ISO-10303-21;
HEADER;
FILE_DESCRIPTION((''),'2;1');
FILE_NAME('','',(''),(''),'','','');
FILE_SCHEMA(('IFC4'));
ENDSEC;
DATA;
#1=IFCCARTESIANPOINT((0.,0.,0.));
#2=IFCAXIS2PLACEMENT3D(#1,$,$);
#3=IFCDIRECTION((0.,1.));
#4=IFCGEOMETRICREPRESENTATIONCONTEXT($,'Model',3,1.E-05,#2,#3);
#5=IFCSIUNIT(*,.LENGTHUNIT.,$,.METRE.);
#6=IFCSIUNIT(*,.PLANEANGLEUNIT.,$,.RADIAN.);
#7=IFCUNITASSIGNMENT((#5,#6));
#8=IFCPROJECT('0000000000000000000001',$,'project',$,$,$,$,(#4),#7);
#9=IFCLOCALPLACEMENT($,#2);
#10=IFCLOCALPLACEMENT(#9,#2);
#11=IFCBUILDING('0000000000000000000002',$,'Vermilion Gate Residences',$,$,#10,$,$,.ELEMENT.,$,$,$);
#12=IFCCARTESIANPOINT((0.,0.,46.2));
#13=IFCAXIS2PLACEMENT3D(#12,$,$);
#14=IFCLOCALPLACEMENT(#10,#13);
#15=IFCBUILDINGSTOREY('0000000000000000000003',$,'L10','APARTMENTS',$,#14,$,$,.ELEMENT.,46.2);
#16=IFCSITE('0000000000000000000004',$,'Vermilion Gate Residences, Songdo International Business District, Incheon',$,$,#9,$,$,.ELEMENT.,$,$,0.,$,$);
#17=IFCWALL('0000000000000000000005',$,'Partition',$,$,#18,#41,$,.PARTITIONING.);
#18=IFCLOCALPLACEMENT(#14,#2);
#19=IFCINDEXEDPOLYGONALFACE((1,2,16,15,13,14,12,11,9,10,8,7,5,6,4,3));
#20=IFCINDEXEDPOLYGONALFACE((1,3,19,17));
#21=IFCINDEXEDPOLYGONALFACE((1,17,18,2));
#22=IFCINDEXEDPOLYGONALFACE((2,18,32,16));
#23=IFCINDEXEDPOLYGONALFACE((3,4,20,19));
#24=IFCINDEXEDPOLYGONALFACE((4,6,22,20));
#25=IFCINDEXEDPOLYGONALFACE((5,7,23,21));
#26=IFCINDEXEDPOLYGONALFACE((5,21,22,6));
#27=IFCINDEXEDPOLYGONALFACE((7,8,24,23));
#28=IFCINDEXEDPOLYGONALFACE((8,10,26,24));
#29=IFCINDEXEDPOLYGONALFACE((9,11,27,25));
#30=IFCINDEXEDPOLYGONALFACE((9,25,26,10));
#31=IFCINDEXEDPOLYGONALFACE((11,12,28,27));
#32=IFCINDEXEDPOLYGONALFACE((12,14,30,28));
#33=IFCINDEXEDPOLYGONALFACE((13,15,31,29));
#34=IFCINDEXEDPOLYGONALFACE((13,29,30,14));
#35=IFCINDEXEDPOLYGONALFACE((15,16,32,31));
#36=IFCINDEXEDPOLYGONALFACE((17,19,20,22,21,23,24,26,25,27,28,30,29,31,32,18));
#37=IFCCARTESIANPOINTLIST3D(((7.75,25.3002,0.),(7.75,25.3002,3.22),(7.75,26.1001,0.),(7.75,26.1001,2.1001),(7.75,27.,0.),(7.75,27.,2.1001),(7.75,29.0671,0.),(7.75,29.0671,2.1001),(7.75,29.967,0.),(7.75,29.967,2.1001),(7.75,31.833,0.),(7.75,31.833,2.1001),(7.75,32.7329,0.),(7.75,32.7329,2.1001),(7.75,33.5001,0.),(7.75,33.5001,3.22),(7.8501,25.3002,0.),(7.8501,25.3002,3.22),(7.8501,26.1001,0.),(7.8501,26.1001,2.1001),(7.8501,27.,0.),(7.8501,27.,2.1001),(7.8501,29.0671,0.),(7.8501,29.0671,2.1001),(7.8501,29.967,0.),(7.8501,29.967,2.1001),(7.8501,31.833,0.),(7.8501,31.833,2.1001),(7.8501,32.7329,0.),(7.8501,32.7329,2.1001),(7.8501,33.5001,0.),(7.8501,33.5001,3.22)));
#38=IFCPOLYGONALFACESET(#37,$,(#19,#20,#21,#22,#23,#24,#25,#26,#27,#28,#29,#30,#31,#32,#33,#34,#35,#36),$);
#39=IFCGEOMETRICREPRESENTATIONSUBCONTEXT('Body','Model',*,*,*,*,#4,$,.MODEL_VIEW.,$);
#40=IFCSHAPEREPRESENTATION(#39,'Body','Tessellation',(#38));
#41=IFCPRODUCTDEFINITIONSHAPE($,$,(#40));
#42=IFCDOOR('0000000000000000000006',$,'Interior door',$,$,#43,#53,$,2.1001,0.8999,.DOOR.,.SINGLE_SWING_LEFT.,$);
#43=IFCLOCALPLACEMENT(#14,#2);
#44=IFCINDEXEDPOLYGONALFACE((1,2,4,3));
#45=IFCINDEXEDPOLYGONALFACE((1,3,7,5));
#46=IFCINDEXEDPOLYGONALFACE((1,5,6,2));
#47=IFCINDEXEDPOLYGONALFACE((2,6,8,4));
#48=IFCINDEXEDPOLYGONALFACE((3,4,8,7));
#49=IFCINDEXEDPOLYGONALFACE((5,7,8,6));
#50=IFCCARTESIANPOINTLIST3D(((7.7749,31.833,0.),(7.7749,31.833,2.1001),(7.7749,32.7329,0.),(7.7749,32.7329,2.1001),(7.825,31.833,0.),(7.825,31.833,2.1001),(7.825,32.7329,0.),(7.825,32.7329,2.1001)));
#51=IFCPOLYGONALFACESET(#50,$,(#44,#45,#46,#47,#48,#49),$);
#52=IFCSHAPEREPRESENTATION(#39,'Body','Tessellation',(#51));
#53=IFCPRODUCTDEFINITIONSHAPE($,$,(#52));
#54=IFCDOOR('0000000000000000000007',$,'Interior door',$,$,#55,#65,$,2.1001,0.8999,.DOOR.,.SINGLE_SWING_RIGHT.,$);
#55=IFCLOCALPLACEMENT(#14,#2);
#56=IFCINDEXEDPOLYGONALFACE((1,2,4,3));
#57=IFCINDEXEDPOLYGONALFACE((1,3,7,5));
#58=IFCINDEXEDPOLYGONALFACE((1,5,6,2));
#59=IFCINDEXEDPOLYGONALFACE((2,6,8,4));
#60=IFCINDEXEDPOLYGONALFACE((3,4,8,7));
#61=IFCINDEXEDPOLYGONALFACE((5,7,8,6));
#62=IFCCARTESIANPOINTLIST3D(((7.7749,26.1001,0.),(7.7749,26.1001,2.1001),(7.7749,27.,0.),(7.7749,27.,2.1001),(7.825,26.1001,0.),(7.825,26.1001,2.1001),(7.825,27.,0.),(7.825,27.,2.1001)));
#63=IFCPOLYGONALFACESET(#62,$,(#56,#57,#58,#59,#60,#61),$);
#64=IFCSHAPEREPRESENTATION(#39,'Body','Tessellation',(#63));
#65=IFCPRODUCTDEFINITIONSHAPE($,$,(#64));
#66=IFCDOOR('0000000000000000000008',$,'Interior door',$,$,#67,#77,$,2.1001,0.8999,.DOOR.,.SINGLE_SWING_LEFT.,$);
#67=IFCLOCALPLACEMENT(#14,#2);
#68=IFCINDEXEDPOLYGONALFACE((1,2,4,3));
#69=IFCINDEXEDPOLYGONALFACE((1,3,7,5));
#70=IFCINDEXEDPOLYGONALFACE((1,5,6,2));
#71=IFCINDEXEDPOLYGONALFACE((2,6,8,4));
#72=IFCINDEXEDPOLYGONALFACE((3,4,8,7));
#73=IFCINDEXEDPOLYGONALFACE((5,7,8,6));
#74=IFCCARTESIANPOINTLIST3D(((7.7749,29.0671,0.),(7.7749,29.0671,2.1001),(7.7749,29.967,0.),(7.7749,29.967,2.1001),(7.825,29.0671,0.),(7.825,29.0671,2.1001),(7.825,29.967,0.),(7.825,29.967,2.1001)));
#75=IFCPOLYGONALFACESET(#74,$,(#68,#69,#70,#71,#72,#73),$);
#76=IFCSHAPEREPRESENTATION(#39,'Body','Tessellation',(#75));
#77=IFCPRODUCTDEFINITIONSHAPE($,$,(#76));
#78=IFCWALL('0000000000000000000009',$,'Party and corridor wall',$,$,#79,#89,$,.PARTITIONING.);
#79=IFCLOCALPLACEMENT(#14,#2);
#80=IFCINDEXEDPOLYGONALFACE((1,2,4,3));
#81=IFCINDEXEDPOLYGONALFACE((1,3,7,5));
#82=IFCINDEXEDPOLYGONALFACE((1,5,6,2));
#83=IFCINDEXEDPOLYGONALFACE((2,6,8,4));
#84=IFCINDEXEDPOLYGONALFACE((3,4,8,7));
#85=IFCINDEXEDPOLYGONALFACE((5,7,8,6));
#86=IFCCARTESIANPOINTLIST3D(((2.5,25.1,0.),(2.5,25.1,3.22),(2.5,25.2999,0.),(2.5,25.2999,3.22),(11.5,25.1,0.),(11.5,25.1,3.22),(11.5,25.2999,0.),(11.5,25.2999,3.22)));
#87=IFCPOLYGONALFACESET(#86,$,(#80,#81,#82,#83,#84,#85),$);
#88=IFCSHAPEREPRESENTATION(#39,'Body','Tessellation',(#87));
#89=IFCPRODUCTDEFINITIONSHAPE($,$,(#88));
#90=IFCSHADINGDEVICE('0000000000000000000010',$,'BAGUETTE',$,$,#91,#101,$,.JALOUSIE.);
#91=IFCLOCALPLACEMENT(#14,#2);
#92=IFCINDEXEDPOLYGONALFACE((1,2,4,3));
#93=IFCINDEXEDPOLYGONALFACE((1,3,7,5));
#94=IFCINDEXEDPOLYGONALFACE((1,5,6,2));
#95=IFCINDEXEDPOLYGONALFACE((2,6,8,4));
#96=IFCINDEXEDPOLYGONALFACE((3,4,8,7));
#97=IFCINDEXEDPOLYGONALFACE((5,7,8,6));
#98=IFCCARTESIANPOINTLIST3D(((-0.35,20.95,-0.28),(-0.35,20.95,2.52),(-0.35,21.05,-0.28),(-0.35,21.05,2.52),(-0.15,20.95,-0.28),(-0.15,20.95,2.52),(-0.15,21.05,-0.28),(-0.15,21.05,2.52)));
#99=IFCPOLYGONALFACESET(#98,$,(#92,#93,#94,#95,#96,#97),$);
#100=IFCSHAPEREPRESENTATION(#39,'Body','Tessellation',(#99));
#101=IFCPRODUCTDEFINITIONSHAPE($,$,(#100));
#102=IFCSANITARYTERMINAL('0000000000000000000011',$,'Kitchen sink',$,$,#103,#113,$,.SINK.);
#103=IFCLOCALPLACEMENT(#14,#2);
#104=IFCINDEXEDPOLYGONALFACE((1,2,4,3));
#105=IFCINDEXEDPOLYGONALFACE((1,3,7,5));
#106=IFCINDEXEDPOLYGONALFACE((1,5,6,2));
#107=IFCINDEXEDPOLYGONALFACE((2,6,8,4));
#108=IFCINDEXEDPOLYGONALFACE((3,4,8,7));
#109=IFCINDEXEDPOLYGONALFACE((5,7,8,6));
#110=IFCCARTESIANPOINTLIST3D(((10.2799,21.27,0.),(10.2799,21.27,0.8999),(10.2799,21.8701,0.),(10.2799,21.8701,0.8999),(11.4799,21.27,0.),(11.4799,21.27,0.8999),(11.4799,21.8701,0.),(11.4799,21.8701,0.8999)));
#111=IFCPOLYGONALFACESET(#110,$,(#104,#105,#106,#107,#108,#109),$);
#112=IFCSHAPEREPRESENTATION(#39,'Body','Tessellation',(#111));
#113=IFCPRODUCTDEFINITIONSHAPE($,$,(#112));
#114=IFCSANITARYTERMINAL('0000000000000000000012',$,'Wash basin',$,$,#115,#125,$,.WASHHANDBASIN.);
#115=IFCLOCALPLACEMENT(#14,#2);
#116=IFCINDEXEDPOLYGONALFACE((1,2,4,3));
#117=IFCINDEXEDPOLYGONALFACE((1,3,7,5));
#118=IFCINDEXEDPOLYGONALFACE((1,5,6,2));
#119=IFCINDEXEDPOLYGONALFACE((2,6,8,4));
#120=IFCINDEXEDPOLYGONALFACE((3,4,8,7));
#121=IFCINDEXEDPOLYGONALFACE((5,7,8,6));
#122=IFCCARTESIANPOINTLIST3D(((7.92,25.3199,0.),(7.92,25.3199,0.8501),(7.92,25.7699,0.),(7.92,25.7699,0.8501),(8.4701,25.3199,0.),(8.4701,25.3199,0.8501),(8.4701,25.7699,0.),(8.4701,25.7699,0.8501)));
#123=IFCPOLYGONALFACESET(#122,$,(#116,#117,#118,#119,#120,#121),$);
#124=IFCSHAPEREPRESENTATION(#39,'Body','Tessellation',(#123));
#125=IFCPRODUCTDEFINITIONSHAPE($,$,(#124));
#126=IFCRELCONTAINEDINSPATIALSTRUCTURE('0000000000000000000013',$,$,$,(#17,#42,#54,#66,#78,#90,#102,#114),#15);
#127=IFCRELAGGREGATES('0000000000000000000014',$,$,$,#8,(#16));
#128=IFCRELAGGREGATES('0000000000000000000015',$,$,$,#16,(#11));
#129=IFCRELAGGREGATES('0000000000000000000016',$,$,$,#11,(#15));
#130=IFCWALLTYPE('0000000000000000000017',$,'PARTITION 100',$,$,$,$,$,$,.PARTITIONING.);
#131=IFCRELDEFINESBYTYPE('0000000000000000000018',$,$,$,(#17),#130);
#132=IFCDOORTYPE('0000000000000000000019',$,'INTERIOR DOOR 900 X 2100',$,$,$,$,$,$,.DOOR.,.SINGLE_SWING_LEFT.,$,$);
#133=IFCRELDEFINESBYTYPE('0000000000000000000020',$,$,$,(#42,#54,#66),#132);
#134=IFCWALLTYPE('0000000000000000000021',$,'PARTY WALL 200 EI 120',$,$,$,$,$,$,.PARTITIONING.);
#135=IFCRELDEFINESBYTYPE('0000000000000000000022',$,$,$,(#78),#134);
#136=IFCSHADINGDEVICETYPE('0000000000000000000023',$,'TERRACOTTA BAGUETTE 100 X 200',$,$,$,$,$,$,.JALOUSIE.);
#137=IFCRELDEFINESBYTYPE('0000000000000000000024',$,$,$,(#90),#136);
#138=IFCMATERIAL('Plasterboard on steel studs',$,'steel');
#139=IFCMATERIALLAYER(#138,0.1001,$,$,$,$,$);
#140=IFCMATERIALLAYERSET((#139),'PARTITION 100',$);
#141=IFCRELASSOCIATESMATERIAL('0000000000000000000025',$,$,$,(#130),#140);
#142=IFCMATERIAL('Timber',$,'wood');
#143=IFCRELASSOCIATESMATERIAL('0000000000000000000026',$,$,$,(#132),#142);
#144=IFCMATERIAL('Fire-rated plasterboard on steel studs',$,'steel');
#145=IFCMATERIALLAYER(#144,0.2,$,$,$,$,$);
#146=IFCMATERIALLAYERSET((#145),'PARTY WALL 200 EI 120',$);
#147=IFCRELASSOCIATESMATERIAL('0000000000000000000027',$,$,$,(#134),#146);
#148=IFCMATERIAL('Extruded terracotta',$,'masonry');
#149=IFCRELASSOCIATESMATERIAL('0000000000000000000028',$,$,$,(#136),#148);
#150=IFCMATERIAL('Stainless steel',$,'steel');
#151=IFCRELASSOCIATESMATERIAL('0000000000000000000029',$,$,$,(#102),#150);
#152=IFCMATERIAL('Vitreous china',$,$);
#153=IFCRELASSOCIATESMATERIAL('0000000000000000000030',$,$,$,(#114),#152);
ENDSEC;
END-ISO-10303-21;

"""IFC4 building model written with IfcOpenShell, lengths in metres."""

from ifc_helpers import new_model, si_unit, direction, frame, frame_2d, origin, origin_2d, place, context, subcontext, project, spatial, rectangle, extrude, material, layer, layer_set, material_profile, profile_set, type_object, element, fill, save


model = new_model("IFC4")

# Units and contexts
model_context = context("Model", 3, precision=1e-05, world=origin(), true_north=direction((0.0, 1.0)))
body_context = subcontext(model_context, "Body", "Model", "MODEL_VIEW")
ifc_project = project(units=[si_unit("LENGTHUNIT", "METRE"), si_unit("PLANEANGLEUNIT", "RADIAN")], contexts=[model_context])

# Site, building, storey
site_placement = place(None, origin())
site = spatial("IfcSite", under=ifc_project, at=site_placement, Name="Vermilion Gate Residences, Songdo International Business District, Incheon", CompositionType="ELEMENT", RefElevation=0.0)
building_placement = place(site_placement, origin())
building = spatial("IfcBuilding", under=site, at=building_placement, Name="Vermilion Gate Residences", CompositionType="ELEMENT")
storey_placement = place(building_placement, frame((0.0, 0.0, 46.2)))
storey = spatial("IfcBuildingStorey", under=building, at=storey_placement, Name="L10", Description="APARTMENTS", CompositionType="ELEMENT", Elevation=46.2)

# Shared definitions
ifc_material_1 = material(Name="Plasterboard on steel studs", Category="steel")
ifc_layer_1 = layer(ifc_material_1, 0.1001)
ifc_layer_set_1 = layer_set([ifc_layer_1], Name="PARTITION 100")
wall_type_1 = type_object("IfcWallType", Name="PARTITION 100", PredefinedType="PARTITIONING", material=ifc_layer_set_1)

# Wall, openings, doors
ifc_material_2 = material(Name="Timber", Category="wood")
door_type = type_object("IfcDoorType", Name="INTERIOR DOOR 900 X 2100", OperationType="SINGLE_SWING_LEFT", PredefinedType="DOOR", material=ifc_material_2)
wall_1_placement = place(storey_placement, frame((7.8, 25.3, 0.0), z_axis=(0.0, 0.0, 1.0), x_axis=(0.0, 1.0, 0.0)))
wall_1 = element("IfcWall", 1, at=wall_1_placement, inside=storey, type_object=wall_type_1, Name="Partition", PredefinedType="PARTITIONING", context=body_context, shape_type="SweptSolid", body=[
    extrude(rectangle(XDim=8.2, YDim=0.1001, at=frame_2d((4.1001, 0.0))), origin(), (0.0, 0.0, 1.0), 3.22),
])
opening_1_placement = place(wall_1_placement, frame((6.533, 0.0, 0.0)))
opening_1 = element("IfcOpeningElement", 2, at=opening_1_placement, cuts=wall_1, PredefinedType="OPENING", context=body_context, shape_type="SweptSolid", body=[
    extrude(rectangle(XDim=0.8999, YDim=2.1001, at=frame_2d((0.45, 1.05))), frame((0.0, 0.0601, 0.0), z_axis=(0.0, -1.0, 0.0), x_axis=(1.0, 0.0, 0.0)), (0.0, 0.0, 1.0), 0.1201),
])
opening_2_placement = place(wall_1_placement, frame((0.8, 0.0, 0.0)))
opening_2 = element("IfcOpeningElement", 3, at=opening_2_placement, cuts=wall_1, PredefinedType="OPENING", context=body_context, shape_type="SweptSolid", body=[
    extrude(rectangle(XDim=0.8999, YDim=2.1001, at=frame_2d((0.45, 1.05))), frame((0.0, 0.0601, 0.0), z_axis=(0.0, -1.0, 0.0), x_axis=(1.0, 0.0, 0.0)), (0.0, 0.0, 1.0), 0.1201),
])
opening_3_placement = place(wall_1_placement, frame((3.7671, 0.0, 0.0)))
opening_3 = element("IfcOpeningElement", 4, at=opening_3_placement, cuts=wall_1, PredefinedType="OPENING", context=body_context, shape_type="SweptSolid", body=[
    extrude(rectangle(XDim=0.8999, YDim=2.1001, at=frame_2d((0.45, 1.05))), frame((0.0, 0.0601, 0.0), z_axis=(0.0, -1.0, 0.0), x_axis=(1.0, 0.0, 0.0)), (0.0, 0.0, 1.0), 0.1201),
])
door_1_placement = place(opening_1_placement, frame((0.8999, 0.0, 0.0), z_axis=(0.0, 0.0, 1.0), x_axis=(-1.0, 0.0, 0.0)))
door_1 = element("IfcDoor", 5, at=door_1_placement, inside=storey, type_object=door_type, Name="Interior door", OperationType="SINGLE_SWING_LEFT", OverallHeight=2.1001, OverallWidth=0.8999, PredefinedType="DOOR", context=body_context, shape_type="SweptSolid", body=[
    extrude(rectangle(XDim=0.8999, YDim=2.1001, at=frame_2d((0.45, 1.05))), frame((0.0, 0.0249, 0.0), z_axis=(0.0, -1.0, 0.0), x_axis=(1.0, 0.0, 0.0)), (0.0, 0.0, 1.0), 0.05),
])
fill(opening_1, door_1)
door_2_placement = place(opening_2_placement, frame((0.8999, 0.0, 0.0), z_axis=(0.0, 0.0, 1.0), x_axis=(-1.0, 0.0, 0.0)))
door_2 = element("IfcDoor", 6, at=door_2_placement, inside=storey, type_object=door_type, Name="Interior door", OperationType="SINGLE_SWING_RIGHT", OverallHeight=2.1001, OverallWidth=0.8999, PredefinedType="DOOR", context=body_context, shape_type="SweptSolid", body=[
    extrude(rectangle(XDim=0.8999, YDim=2.1001, at=frame_2d((0.45, 1.05))), frame((0.0, 0.0249, 0.0), z_axis=(0.0, -1.0, 0.0), x_axis=(1.0, 0.0, 0.0)), (0.0, 0.0, 1.0), 0.05),
])
fill(opening_2, door_2)
door_3_placement = place(opening_3_placement, frame((0.8999, 0.0, 0.0), z_axis=(0.0, 0.0, 1.0), x_axis=(-1.0, 0.0, 0.0)))
door_3 = element("IfcDoor", 7, at=door_3_placement, inside=storey, type_object=door_type, Name="Interior door", OperationType="SINGLE_SWING_LEFT", OverallHeight=2.1001, OverallWidth=0.8999, PredefinedType="DOOR", context=body_context, shape_type="SweptSolid", body=[
    extrude(rectangle(XDim=0.8999, YDim=2.1001, at=frame_2d((0.45, 1.05))), frame((0.0, 0.0249, 0.0), z_axis=(0.0, -1.0, 0.0), x_axis=(1.0, 0.0, 0.0)), (0.0, 0.0, 1.0), 0.05),
])
fill(opening_3, door_3)

# Wall
ifc_material_3 = material(Name="Fire-rated plasterboard on steel studs", Category="steel")
ifc_layer_2 = layer(ifc_material_3, 0.2)
ifc_layer_set_2 = layer_set([ifc_layer_2], Name="PARTY WALL 200 EI 120")
wall_type_2 = type_object("IfcWallType", Name="PARTY WALL 200 EI 120", PredefinedType="PARTITIONING", material=ifc_layer_set_2)
wall_2_placement = place(storey_placement, frame((2.5, 25.2, 0.0), z_axis=(0.0, 0.0, 1.0), x_axis=(1.0, 0.0, 0.0)))
element("IfcWall", 8, at=wall_2_placement, inside=storey, type_object=wall_type_2, Name="Party and corridor wall", PredefinedType="PARTITIONING", context=body_context, shape_type="SweptSolid", body=[
    extrude(rectangle(XDim=9.0, YDim=0.2, at=frame_2d((4.5, 0.0))), origin(), (0.0, 0.0, 1.0), 3.22),
])

# Shading device
ifc_material_4 = material(Name="Extruded terracotta", Category="masonry")
ifc_material_profile_1 = material_profile(ifc_material_4, rectangle(XDim=0.2, YDim=0.1001, at=origin_2d()), Name="BAGUETTE 100 X 200")
ifc_profile_set_1 = profile_set([ifc_material_profile_1], Name="Extruded terracotta")
shading_device_type = type_object("IfcShadingDeviceType", Name="TERRACOTTA BAGUETTE 100 X 200", PredefinedType="JALOUSIE", material=ifc_profile_set_1)
shading_device_placement = place(storey_placement, frame((-0.25, 21.0, -0.28), z_axis=(0.0, 0.0, 1.0), x_axis=(1.0, 0.0, 0.0)))
element("IfcShadingDevice", 9, at=shading_device_placement, inside=storey, type_object=shading_device_type, Name="BAGUETTE", PredefinedType="JALOUSIE", context=body_context, shape_type="SweptSolid", body=[
    extrude(rectangle(XDim=0.2, YDim=0.1001, at=origin_2d()), origin(), (0.0, 0.0, 1.0), 2.8),
])

# Sanitary terminals
ifc_material_5 = material(Name="Stainless steel", Category="steel")
sanitary_terminal_1_placement = place(storey_placement, frame((10.8799, 21.5701, 0.0), z_axis=(0.0, 0.0, 1.0), x_axis=(1.0, 0.0, 0.0)))
element("IfcSanitaryTerminal", 10, at=sanitary_terminal_1_placement, inside=storey, material=ifc_material_5, Name="Kitchen sink", PredefinedType="SINK", context=body_context, shape_type="SweptSolid", body=[
    extrude(rectangle(XDim=1.2, YDim=0.6001, at=origin_2d()), origin(), (0.0, 0.0, 1.0), 0.8999),
])
ifc_material_6 = material(Name="Vitreous china")
sanitary_terminal_2_placement = place(storey_placement, frame((8.1951, 25.5449, 0.0), z_axis=(0.0, 0.0, 1.0), x_axis=(1.0, 0.0, 0.0)))
element("IfcSanitaryTerminal", 11, at=sanitary_terminal_2_placement, inside=storey, material=ifc_material_6, Name="Wash basin", PredefinedType="WASHHANDBASIN", context=body_context, shape_type="SweptSolid", body=[
    extrude(rectangle(XDim=0.55, YDim=0.45, at=origin_2d()), origin(), (0.0, 0.0, 1.0), 0.8501),
])

save(model, "model.ifc")
